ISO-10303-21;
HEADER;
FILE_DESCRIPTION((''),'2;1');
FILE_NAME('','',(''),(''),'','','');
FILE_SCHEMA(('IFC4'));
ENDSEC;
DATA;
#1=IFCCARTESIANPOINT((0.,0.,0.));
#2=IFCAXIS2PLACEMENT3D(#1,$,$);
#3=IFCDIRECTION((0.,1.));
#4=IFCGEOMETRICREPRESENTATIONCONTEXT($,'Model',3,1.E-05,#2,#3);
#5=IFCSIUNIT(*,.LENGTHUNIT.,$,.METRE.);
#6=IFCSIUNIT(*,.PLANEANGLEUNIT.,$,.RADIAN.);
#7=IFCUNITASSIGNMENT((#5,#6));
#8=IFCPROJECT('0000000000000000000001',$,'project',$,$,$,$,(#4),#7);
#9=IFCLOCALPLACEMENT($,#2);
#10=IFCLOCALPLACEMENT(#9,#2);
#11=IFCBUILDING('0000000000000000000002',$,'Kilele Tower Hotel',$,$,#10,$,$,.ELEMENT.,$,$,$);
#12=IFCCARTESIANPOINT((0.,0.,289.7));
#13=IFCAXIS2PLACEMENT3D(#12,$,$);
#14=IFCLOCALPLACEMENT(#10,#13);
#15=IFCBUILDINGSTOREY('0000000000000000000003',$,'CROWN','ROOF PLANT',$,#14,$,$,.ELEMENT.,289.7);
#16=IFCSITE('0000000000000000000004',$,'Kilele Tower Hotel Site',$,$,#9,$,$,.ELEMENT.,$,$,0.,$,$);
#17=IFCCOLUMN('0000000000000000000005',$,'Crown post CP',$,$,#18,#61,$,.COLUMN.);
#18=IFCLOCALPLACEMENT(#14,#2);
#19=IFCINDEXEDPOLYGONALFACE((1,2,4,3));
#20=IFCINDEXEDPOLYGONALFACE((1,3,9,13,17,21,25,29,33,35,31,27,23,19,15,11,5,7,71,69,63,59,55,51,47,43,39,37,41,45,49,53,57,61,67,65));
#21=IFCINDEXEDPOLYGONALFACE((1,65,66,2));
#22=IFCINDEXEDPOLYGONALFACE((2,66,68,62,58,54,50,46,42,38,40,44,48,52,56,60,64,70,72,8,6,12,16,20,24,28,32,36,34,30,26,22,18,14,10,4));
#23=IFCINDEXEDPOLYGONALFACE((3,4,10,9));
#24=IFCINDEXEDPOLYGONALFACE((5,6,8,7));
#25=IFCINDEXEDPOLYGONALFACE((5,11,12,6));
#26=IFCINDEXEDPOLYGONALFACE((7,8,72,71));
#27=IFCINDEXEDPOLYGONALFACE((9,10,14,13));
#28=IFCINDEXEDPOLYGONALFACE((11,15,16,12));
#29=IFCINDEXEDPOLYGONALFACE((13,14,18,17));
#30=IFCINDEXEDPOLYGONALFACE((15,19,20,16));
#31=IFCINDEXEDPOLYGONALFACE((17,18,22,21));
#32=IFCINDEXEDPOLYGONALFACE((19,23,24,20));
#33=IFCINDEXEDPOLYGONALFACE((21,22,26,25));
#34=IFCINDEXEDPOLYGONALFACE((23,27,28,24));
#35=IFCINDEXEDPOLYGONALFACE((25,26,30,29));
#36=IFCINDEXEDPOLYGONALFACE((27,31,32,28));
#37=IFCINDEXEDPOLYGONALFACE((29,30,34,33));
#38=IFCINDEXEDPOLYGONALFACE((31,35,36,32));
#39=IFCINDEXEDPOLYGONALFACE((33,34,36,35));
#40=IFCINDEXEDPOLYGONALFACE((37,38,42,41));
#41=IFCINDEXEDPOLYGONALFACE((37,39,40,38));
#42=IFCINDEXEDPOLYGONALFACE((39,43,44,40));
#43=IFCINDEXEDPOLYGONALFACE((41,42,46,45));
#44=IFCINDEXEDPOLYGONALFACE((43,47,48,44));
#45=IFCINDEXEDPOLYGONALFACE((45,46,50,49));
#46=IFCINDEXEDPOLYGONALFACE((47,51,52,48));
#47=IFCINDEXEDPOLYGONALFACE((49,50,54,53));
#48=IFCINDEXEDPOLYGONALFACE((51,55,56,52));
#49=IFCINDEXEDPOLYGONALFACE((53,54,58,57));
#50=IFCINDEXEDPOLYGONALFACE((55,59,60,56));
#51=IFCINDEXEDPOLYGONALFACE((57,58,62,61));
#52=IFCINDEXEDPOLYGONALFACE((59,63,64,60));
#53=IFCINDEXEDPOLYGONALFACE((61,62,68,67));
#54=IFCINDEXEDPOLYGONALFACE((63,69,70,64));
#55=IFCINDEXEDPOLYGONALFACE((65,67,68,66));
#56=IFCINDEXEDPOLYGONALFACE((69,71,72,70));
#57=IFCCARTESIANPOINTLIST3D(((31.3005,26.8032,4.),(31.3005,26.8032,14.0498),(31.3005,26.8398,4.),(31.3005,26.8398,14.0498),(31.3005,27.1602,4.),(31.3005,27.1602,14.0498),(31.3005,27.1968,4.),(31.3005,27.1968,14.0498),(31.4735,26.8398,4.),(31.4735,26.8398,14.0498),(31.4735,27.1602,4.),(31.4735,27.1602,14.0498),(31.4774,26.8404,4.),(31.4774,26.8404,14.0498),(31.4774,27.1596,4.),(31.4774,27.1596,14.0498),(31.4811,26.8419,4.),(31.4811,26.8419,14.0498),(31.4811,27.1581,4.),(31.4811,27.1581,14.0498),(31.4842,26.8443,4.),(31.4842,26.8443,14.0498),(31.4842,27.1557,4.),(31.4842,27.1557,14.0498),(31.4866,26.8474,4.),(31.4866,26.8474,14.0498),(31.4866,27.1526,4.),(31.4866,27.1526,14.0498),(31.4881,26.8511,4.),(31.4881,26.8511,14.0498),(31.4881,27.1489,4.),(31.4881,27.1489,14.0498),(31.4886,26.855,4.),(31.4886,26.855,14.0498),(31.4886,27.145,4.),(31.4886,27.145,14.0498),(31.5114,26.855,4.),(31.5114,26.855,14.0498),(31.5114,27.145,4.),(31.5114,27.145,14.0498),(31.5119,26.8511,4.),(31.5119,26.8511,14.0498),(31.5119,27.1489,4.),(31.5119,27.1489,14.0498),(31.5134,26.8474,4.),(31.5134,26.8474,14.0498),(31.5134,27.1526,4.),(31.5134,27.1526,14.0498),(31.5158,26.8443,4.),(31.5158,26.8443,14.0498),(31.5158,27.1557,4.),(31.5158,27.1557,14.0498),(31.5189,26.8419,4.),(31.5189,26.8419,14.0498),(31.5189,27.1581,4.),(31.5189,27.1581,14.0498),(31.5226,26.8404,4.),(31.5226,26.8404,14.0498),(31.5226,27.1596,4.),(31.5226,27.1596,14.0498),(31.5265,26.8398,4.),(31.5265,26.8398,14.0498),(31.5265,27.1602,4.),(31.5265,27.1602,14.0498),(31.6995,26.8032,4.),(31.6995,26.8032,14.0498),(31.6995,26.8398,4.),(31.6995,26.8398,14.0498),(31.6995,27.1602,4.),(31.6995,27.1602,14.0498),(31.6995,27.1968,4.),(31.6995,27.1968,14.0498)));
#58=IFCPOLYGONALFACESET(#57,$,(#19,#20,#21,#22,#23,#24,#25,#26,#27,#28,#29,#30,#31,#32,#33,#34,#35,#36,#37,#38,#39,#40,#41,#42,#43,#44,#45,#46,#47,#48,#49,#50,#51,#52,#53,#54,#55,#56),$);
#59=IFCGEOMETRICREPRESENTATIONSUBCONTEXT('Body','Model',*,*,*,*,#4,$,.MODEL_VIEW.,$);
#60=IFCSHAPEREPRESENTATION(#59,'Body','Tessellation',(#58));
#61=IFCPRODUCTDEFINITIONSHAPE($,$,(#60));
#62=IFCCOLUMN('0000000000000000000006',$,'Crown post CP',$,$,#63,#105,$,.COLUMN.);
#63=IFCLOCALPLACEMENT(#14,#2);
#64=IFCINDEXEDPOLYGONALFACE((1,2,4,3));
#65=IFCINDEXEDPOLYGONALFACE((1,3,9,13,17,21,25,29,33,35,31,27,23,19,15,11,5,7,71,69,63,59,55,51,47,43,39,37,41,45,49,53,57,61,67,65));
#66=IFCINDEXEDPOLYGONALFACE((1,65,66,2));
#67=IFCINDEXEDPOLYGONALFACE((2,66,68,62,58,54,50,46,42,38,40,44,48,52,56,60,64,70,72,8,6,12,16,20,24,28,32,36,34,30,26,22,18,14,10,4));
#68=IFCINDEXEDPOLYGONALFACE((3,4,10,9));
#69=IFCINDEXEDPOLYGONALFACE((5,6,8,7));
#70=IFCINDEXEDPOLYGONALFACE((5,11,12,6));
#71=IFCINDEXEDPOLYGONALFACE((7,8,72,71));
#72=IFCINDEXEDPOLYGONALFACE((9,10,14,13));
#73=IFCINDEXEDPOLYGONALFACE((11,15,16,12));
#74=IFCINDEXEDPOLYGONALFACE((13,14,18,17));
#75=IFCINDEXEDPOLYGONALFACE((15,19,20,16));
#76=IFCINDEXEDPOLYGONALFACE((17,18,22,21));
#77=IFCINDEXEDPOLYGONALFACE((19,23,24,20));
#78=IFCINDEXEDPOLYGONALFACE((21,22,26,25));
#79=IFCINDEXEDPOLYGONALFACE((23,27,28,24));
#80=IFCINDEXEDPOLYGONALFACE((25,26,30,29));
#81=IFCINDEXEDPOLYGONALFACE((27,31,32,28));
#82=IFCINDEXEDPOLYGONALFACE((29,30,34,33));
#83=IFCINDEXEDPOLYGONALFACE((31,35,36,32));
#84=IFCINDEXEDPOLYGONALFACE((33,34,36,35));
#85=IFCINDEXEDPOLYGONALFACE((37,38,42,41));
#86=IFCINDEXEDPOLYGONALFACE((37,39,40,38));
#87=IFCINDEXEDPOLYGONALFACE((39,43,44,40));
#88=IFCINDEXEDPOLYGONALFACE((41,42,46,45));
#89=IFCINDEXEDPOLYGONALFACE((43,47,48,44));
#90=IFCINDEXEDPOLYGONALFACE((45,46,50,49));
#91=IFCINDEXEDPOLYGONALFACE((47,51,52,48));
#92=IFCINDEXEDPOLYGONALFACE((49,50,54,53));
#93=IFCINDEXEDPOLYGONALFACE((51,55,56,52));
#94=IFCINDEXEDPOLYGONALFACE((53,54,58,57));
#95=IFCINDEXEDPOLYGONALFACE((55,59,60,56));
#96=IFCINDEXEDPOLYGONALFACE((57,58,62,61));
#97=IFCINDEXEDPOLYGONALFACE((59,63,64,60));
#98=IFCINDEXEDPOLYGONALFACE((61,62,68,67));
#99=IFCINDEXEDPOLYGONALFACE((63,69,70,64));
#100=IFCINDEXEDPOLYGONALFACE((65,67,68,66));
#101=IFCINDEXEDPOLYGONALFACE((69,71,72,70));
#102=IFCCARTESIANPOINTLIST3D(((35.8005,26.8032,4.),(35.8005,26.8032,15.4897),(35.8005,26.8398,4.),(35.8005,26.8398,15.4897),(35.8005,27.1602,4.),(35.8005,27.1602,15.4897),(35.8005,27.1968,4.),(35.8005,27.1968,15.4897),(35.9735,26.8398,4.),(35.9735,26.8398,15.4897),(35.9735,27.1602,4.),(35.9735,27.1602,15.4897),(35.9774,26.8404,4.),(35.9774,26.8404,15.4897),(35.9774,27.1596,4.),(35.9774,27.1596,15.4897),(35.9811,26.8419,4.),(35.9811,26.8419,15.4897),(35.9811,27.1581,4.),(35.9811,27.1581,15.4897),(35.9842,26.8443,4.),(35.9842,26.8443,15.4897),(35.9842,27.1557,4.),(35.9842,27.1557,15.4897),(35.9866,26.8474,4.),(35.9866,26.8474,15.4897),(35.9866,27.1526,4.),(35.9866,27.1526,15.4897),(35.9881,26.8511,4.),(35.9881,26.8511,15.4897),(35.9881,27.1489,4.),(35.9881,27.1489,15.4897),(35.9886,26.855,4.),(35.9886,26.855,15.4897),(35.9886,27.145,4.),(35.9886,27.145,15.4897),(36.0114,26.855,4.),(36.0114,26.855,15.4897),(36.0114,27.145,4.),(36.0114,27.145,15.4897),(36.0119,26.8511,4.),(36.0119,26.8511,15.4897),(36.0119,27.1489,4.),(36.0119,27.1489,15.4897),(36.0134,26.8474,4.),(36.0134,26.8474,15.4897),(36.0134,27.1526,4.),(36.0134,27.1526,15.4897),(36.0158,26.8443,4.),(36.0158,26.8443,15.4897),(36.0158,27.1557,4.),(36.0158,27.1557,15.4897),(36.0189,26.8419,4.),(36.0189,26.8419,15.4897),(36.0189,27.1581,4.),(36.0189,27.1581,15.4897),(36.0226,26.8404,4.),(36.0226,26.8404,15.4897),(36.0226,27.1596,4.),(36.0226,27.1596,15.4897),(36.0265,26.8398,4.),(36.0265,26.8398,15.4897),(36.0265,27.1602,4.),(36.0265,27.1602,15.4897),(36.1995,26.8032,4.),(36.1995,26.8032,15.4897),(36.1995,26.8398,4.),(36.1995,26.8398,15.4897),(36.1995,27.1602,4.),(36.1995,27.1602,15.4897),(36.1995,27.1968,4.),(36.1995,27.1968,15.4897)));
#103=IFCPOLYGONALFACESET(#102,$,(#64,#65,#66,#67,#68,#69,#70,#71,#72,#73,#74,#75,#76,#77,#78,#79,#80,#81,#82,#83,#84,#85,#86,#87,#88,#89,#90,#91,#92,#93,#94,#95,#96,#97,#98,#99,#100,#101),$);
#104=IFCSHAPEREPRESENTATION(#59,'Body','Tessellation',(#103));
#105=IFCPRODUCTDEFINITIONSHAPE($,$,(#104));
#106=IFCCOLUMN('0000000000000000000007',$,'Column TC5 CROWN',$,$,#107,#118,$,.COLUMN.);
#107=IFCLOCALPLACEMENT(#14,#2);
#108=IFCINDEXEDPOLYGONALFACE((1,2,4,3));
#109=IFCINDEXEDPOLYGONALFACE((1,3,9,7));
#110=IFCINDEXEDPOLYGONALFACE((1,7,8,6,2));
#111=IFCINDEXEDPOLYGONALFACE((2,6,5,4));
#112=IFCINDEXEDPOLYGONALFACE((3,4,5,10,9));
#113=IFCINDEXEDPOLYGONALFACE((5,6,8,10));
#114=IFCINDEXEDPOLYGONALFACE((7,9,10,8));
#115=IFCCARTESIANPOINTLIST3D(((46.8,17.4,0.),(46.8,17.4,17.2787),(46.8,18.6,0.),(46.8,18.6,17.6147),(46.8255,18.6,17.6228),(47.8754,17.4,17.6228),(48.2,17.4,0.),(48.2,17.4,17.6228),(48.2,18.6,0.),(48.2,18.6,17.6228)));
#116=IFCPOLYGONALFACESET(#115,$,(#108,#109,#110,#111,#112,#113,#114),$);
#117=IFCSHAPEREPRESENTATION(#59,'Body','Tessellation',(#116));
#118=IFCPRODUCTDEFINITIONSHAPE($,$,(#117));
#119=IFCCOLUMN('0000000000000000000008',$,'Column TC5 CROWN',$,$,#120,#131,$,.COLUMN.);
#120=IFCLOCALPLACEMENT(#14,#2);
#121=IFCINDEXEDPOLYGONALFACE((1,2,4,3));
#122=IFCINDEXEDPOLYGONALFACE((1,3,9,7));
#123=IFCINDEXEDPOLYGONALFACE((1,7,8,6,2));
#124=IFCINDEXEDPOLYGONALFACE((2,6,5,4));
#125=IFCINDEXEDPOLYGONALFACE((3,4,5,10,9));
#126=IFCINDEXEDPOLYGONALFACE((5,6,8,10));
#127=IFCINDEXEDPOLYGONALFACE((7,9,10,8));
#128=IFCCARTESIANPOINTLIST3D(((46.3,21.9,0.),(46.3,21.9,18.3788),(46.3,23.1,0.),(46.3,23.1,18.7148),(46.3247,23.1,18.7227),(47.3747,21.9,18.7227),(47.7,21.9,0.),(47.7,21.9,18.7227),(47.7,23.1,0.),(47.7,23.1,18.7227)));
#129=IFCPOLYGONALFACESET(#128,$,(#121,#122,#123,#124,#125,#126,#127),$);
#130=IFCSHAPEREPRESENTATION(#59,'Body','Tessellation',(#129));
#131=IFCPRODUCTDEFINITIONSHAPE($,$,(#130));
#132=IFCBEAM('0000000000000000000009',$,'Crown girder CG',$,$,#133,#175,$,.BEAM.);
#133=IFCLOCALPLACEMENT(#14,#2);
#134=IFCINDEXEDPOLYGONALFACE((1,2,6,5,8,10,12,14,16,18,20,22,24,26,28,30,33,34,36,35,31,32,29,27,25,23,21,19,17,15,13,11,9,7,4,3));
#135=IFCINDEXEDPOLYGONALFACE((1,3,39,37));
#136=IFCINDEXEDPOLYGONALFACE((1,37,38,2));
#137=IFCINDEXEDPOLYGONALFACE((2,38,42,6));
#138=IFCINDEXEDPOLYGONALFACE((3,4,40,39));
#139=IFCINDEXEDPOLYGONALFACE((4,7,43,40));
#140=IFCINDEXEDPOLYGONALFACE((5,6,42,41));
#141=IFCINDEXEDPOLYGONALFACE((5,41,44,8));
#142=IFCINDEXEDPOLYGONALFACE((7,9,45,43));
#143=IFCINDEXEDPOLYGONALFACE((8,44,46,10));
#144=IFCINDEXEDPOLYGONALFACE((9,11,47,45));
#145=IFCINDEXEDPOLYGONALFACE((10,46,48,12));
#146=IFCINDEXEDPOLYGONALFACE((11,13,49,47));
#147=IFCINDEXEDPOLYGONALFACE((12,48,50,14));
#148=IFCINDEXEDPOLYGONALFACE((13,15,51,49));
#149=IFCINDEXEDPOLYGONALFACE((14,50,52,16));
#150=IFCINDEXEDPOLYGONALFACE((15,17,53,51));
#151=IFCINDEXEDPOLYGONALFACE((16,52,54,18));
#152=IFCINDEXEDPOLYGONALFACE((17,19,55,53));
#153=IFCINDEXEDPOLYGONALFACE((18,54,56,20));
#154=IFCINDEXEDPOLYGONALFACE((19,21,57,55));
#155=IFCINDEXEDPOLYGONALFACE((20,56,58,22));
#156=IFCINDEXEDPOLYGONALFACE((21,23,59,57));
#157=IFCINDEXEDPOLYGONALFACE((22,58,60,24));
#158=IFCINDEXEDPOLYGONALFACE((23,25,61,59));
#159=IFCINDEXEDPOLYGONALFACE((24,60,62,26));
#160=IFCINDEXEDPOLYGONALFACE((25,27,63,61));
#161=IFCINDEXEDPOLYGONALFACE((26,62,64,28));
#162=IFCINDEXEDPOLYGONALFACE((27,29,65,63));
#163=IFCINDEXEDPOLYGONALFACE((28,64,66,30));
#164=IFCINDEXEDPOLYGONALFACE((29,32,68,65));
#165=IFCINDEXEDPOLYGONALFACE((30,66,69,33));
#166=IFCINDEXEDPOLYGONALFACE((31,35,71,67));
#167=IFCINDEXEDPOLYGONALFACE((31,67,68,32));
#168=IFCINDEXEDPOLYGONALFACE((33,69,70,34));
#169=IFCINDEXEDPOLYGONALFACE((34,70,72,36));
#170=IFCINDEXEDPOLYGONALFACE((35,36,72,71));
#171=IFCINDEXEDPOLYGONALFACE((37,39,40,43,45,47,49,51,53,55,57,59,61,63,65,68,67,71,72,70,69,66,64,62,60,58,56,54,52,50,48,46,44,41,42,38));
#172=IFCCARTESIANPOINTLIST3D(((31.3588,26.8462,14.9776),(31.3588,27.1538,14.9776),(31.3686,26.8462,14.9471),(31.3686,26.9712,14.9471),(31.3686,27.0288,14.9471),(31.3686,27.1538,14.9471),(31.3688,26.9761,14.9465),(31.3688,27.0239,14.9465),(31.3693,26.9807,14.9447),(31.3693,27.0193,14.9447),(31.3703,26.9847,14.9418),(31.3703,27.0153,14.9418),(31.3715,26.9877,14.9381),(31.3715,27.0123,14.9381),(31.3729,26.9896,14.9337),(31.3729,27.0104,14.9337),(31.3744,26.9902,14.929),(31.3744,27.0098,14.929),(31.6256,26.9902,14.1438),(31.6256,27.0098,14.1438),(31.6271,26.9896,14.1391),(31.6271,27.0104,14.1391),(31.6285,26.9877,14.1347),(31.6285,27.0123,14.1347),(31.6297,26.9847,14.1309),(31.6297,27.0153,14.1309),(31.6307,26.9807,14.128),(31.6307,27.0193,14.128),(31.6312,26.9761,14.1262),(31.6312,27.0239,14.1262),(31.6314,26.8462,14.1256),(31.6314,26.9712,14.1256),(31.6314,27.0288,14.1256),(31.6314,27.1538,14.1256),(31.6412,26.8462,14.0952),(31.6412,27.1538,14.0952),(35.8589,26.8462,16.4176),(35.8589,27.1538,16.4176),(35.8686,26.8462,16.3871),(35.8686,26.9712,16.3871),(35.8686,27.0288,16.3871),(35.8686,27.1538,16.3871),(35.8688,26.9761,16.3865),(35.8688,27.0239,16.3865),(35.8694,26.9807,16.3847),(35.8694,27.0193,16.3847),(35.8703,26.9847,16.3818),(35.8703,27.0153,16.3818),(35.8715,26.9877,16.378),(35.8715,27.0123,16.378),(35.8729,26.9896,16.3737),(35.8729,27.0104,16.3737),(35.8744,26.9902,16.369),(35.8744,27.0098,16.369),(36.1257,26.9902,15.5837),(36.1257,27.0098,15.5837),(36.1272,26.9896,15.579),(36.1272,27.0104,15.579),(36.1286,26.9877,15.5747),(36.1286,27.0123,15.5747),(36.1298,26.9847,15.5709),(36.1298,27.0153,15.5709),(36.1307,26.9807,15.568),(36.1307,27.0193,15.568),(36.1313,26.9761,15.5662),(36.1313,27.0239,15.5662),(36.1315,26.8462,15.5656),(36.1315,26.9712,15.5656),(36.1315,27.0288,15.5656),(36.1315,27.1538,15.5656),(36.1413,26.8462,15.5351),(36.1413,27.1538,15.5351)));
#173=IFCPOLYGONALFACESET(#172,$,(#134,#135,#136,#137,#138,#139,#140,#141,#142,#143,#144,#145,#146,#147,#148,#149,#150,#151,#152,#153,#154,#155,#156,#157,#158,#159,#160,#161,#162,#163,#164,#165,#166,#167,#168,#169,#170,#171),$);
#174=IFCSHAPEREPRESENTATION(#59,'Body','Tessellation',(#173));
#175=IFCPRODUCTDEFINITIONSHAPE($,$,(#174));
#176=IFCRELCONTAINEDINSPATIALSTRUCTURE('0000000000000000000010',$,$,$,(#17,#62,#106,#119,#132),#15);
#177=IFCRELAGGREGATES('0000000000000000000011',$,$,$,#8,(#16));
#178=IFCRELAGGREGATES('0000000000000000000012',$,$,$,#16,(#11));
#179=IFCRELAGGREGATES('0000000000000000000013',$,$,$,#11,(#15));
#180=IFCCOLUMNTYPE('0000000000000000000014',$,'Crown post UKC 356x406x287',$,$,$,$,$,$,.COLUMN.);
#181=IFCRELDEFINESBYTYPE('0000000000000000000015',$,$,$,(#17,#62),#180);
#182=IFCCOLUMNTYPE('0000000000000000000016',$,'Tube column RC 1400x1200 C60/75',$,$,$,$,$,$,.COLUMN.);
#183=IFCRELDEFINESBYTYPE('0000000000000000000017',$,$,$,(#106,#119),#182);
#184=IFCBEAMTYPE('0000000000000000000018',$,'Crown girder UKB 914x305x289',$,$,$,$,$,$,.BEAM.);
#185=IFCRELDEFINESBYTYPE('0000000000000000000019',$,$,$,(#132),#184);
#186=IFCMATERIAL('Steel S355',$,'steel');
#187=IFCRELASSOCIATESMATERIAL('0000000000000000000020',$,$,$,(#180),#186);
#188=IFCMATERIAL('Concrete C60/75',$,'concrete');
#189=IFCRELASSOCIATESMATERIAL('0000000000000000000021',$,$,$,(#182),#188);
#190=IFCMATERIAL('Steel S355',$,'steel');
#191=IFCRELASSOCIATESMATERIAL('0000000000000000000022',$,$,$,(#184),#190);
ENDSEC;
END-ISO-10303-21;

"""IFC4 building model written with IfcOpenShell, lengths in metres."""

from ifc_helpers import new_model, si_unit, direction, frame, origin, origin_2d, place, context, subcontext, project, spatial, rectangle, i_section, extrude, clip, halfspace, material, material_profile, profile_set, type_object, element, save


model = new_model("IFC4")

# Units and contexts
model_context = context("Model", 3, precision=1e-05, world=origin(), true_north=direction((0.0, 1.0)))
body_context = subcontext(model_context, "Body", "Model", "MODEL_VIEW")
ifc_project = project(units=[si_unit("LENGTHUNIT", "METRE"), si_unit("PLANEANGLEUNIT", "RADIAN")], contexts=[model_context])

# Site, building, storey
site_placement = place(None, origin())
site = spatial("IfcSite", under=ifc_project, at=site_placement, Name="Kilele Tower Hotel Site", CompositionType="ELEMENT", RefElevation=0.0)
building_placement = place(site_placement, origin())
building = spatial("IfcBuilding", under=site, at=building_placement, Name="Kilele Tower Hotel", CompositionType="ELEMENT")
storey_placement = place(building_placement, frame((0.0, 0.0, 289.7)))
storey = spatial("IfcBuildingStorey", under=building, at=storey_placement, Name="CROWN", Description="ROOF PLANT", CompositionType="ELEMENT", Elevation=289.7)

# Columns
ifc_material_1 = material(Name="Steel S355", Category="steel")
ifc_material_profile_1 = material_profile(ifc_material_1, i_section(OverallWidth=0.3989, OverallDepth=0.3936, WebThickness=0.0227, FlangeThickness=0.0366, FilletRadius=0.0151, at=origin_2d()))
ifc_profile_set_1 = profile_set([ifc_material_profile_1], Name="Steel S355")
column_type_1 = type_object("IfcColumnType", Name="Crown post UKC 356x406x287", PredefinedType="COLUMN", material=ifc_profile_set_1)
column_1_placement = place(storey_placement, frame((31.5, 27.0, 4.0), z_axis=(0.0, 0.0, 1.0), x_axis=(1.0, 0.0, 0.0)))
element("IfcColumn", 1, at=column_1_placement, inside=storey, type_object=column_type_1, Name="Crown post CP", PredefinedType="COLUMN", context=body_context, shape_type="SweptSolid", body=[
    extrude(i_section(OverallWidth=0.3989, OverallDepth=0.3936, WebThickness=0.0227, FlangeThickness=0.0366, FilletRadius=0.0151, at=origin_2d()), origin(), (0.0, 0.0, 1.0), 10.0498),
])
column_2_placement = place(storey_placement, frame((36.0, 27.0, 4.0), z_axis=(0.0, 0.0, 1.0), x_axis=(1.0, 0.0, 0.0)))
element("IfcColumn", 2, at=column_2_placement, inside=storey, type_object=column_type_1, Name="Crown post CP", PredefinedType="COLUMN", context=body_context, shape_type="SweptSolid", body=[
    extrude(i_section(OverallWidth=0.3989, OverallDepth=0.3936, WebThickness=0.0227, FlangeThickness=0.0366, FilletRadius=0.0151, at=origin_2d()), origin(), (0.0, 0.0, 1.0), 11.4897),
])
ifc_material_2 = material(Name="Concrete C60/75", Category="concrete")
ifc_material_profile_2 = material_profile(ifc_material_2, rectangle(XDim=1.3999, YDim=1.2, at=origin_2d()))
ifc_profile_set_2 = profile_set([ifc_material_profile_2], Name="Concrete C60/75")
column_type_2 = type_object("IfcColumnType", Name="Tube column RC 1400x1200 C60/75", PredefinedType="COLUMN", material=ifc_profile_set_2)
column_3_placement = place(storey_placement, frame((47.5, 18.0, 0.0), z_axis=(0.0, 0.0, 1.0), x_axis=(1.0, 0.0, 0.0)))
element("IfcColumn", 3, at=column_3_placement, inside=storey, type_object=column_type_2, Name="Column TC5 CROWN", PredefinedType="COLUMN", context=body_context, shape_type="Clipping", body=[
    clip(extrude(rectangle(XDim=1.3999, YDim=1.2, at=origin_2d()), origin(), (0.0, 0.0, 1.0), 17.6228), halfspace(frame((0.0, 0.0, 17.6707), z_axis=(-0.294484, -0.257674, 0.920263), x_axis=(0.952424, 0.0, 0.304776)), False)),
])
column_4_placement = place(storey_placement, frame((47.0, 22.5, 0.0), z_axis=(0.0, 0.0, 1.0), x_axis=(1.0, 0.0, 0.0)))
element("IfcColumn", 4, at=column_4_placement, inside=storey, type_object=column_type_2, Name="Column TC5 CROWN", PredefinedType="COLUMN", context=body_context, shape_type="Clipping", body=[
    clip(extrude(rectangle(XDim=1.3999, YDim=1.2, at=origin_2d()), origin(), (0.0, 0.0, 1.0), 18.7227), halfspace(frame((0.0, 0.0, 18.7708), z_axis=(-0.294484, -0.257674, 0.920263), x_axis=(0.952424, 0.0, 0.304776)), False)),
])

# Beam
ifc_material_3 = material(Name="Steel S355", Category="steel")
ifc_material_profile_3 = material_profile(ifc_material_3, i_section(OverallWidth=0.3076, OverallDepth=0.9265, WebThickness=0.0195, FlangeThickness=0.032, FilletRadius=0.019, at=origin_2d()))
ifc_profile_set_3 = profile_set([ifc_material_profile_3], Name="Steel S355")
beam_type_1 = type_object("IfcBeamType", Name="Crown girder UKB 914x305x289", PredefinedType="BEAM", material=ifc_profile_set_3)
for number, where, z_axis, x_axis, name in (
    (5, (31.5, 27.0, 14.5364), (0.952428, 0.0, 0.304764), (0.0, 1.0, 0.0), "Crown girder CG"),
):
    element("IfcBeam", number, at=place(storey_placement, frame(where, z_axis=z_axis, x_axis=x_axis)), inside=storey, type_object=beam_type_1, Name=name, PredefinedType="BEAM", context=body_context, shape_type="SweptSolid", body=[
        extrude(i_section(OverallWidth=0.3076, OverallDepth=0.9265, WebThickness=0.0195, FlangeThickness=0.032, FilletRadius=0.019, at=origin_2d()), origin(), (0.0, 0.0, 1.0), 4.7249),
    ])

save(model, "model.ifc")
